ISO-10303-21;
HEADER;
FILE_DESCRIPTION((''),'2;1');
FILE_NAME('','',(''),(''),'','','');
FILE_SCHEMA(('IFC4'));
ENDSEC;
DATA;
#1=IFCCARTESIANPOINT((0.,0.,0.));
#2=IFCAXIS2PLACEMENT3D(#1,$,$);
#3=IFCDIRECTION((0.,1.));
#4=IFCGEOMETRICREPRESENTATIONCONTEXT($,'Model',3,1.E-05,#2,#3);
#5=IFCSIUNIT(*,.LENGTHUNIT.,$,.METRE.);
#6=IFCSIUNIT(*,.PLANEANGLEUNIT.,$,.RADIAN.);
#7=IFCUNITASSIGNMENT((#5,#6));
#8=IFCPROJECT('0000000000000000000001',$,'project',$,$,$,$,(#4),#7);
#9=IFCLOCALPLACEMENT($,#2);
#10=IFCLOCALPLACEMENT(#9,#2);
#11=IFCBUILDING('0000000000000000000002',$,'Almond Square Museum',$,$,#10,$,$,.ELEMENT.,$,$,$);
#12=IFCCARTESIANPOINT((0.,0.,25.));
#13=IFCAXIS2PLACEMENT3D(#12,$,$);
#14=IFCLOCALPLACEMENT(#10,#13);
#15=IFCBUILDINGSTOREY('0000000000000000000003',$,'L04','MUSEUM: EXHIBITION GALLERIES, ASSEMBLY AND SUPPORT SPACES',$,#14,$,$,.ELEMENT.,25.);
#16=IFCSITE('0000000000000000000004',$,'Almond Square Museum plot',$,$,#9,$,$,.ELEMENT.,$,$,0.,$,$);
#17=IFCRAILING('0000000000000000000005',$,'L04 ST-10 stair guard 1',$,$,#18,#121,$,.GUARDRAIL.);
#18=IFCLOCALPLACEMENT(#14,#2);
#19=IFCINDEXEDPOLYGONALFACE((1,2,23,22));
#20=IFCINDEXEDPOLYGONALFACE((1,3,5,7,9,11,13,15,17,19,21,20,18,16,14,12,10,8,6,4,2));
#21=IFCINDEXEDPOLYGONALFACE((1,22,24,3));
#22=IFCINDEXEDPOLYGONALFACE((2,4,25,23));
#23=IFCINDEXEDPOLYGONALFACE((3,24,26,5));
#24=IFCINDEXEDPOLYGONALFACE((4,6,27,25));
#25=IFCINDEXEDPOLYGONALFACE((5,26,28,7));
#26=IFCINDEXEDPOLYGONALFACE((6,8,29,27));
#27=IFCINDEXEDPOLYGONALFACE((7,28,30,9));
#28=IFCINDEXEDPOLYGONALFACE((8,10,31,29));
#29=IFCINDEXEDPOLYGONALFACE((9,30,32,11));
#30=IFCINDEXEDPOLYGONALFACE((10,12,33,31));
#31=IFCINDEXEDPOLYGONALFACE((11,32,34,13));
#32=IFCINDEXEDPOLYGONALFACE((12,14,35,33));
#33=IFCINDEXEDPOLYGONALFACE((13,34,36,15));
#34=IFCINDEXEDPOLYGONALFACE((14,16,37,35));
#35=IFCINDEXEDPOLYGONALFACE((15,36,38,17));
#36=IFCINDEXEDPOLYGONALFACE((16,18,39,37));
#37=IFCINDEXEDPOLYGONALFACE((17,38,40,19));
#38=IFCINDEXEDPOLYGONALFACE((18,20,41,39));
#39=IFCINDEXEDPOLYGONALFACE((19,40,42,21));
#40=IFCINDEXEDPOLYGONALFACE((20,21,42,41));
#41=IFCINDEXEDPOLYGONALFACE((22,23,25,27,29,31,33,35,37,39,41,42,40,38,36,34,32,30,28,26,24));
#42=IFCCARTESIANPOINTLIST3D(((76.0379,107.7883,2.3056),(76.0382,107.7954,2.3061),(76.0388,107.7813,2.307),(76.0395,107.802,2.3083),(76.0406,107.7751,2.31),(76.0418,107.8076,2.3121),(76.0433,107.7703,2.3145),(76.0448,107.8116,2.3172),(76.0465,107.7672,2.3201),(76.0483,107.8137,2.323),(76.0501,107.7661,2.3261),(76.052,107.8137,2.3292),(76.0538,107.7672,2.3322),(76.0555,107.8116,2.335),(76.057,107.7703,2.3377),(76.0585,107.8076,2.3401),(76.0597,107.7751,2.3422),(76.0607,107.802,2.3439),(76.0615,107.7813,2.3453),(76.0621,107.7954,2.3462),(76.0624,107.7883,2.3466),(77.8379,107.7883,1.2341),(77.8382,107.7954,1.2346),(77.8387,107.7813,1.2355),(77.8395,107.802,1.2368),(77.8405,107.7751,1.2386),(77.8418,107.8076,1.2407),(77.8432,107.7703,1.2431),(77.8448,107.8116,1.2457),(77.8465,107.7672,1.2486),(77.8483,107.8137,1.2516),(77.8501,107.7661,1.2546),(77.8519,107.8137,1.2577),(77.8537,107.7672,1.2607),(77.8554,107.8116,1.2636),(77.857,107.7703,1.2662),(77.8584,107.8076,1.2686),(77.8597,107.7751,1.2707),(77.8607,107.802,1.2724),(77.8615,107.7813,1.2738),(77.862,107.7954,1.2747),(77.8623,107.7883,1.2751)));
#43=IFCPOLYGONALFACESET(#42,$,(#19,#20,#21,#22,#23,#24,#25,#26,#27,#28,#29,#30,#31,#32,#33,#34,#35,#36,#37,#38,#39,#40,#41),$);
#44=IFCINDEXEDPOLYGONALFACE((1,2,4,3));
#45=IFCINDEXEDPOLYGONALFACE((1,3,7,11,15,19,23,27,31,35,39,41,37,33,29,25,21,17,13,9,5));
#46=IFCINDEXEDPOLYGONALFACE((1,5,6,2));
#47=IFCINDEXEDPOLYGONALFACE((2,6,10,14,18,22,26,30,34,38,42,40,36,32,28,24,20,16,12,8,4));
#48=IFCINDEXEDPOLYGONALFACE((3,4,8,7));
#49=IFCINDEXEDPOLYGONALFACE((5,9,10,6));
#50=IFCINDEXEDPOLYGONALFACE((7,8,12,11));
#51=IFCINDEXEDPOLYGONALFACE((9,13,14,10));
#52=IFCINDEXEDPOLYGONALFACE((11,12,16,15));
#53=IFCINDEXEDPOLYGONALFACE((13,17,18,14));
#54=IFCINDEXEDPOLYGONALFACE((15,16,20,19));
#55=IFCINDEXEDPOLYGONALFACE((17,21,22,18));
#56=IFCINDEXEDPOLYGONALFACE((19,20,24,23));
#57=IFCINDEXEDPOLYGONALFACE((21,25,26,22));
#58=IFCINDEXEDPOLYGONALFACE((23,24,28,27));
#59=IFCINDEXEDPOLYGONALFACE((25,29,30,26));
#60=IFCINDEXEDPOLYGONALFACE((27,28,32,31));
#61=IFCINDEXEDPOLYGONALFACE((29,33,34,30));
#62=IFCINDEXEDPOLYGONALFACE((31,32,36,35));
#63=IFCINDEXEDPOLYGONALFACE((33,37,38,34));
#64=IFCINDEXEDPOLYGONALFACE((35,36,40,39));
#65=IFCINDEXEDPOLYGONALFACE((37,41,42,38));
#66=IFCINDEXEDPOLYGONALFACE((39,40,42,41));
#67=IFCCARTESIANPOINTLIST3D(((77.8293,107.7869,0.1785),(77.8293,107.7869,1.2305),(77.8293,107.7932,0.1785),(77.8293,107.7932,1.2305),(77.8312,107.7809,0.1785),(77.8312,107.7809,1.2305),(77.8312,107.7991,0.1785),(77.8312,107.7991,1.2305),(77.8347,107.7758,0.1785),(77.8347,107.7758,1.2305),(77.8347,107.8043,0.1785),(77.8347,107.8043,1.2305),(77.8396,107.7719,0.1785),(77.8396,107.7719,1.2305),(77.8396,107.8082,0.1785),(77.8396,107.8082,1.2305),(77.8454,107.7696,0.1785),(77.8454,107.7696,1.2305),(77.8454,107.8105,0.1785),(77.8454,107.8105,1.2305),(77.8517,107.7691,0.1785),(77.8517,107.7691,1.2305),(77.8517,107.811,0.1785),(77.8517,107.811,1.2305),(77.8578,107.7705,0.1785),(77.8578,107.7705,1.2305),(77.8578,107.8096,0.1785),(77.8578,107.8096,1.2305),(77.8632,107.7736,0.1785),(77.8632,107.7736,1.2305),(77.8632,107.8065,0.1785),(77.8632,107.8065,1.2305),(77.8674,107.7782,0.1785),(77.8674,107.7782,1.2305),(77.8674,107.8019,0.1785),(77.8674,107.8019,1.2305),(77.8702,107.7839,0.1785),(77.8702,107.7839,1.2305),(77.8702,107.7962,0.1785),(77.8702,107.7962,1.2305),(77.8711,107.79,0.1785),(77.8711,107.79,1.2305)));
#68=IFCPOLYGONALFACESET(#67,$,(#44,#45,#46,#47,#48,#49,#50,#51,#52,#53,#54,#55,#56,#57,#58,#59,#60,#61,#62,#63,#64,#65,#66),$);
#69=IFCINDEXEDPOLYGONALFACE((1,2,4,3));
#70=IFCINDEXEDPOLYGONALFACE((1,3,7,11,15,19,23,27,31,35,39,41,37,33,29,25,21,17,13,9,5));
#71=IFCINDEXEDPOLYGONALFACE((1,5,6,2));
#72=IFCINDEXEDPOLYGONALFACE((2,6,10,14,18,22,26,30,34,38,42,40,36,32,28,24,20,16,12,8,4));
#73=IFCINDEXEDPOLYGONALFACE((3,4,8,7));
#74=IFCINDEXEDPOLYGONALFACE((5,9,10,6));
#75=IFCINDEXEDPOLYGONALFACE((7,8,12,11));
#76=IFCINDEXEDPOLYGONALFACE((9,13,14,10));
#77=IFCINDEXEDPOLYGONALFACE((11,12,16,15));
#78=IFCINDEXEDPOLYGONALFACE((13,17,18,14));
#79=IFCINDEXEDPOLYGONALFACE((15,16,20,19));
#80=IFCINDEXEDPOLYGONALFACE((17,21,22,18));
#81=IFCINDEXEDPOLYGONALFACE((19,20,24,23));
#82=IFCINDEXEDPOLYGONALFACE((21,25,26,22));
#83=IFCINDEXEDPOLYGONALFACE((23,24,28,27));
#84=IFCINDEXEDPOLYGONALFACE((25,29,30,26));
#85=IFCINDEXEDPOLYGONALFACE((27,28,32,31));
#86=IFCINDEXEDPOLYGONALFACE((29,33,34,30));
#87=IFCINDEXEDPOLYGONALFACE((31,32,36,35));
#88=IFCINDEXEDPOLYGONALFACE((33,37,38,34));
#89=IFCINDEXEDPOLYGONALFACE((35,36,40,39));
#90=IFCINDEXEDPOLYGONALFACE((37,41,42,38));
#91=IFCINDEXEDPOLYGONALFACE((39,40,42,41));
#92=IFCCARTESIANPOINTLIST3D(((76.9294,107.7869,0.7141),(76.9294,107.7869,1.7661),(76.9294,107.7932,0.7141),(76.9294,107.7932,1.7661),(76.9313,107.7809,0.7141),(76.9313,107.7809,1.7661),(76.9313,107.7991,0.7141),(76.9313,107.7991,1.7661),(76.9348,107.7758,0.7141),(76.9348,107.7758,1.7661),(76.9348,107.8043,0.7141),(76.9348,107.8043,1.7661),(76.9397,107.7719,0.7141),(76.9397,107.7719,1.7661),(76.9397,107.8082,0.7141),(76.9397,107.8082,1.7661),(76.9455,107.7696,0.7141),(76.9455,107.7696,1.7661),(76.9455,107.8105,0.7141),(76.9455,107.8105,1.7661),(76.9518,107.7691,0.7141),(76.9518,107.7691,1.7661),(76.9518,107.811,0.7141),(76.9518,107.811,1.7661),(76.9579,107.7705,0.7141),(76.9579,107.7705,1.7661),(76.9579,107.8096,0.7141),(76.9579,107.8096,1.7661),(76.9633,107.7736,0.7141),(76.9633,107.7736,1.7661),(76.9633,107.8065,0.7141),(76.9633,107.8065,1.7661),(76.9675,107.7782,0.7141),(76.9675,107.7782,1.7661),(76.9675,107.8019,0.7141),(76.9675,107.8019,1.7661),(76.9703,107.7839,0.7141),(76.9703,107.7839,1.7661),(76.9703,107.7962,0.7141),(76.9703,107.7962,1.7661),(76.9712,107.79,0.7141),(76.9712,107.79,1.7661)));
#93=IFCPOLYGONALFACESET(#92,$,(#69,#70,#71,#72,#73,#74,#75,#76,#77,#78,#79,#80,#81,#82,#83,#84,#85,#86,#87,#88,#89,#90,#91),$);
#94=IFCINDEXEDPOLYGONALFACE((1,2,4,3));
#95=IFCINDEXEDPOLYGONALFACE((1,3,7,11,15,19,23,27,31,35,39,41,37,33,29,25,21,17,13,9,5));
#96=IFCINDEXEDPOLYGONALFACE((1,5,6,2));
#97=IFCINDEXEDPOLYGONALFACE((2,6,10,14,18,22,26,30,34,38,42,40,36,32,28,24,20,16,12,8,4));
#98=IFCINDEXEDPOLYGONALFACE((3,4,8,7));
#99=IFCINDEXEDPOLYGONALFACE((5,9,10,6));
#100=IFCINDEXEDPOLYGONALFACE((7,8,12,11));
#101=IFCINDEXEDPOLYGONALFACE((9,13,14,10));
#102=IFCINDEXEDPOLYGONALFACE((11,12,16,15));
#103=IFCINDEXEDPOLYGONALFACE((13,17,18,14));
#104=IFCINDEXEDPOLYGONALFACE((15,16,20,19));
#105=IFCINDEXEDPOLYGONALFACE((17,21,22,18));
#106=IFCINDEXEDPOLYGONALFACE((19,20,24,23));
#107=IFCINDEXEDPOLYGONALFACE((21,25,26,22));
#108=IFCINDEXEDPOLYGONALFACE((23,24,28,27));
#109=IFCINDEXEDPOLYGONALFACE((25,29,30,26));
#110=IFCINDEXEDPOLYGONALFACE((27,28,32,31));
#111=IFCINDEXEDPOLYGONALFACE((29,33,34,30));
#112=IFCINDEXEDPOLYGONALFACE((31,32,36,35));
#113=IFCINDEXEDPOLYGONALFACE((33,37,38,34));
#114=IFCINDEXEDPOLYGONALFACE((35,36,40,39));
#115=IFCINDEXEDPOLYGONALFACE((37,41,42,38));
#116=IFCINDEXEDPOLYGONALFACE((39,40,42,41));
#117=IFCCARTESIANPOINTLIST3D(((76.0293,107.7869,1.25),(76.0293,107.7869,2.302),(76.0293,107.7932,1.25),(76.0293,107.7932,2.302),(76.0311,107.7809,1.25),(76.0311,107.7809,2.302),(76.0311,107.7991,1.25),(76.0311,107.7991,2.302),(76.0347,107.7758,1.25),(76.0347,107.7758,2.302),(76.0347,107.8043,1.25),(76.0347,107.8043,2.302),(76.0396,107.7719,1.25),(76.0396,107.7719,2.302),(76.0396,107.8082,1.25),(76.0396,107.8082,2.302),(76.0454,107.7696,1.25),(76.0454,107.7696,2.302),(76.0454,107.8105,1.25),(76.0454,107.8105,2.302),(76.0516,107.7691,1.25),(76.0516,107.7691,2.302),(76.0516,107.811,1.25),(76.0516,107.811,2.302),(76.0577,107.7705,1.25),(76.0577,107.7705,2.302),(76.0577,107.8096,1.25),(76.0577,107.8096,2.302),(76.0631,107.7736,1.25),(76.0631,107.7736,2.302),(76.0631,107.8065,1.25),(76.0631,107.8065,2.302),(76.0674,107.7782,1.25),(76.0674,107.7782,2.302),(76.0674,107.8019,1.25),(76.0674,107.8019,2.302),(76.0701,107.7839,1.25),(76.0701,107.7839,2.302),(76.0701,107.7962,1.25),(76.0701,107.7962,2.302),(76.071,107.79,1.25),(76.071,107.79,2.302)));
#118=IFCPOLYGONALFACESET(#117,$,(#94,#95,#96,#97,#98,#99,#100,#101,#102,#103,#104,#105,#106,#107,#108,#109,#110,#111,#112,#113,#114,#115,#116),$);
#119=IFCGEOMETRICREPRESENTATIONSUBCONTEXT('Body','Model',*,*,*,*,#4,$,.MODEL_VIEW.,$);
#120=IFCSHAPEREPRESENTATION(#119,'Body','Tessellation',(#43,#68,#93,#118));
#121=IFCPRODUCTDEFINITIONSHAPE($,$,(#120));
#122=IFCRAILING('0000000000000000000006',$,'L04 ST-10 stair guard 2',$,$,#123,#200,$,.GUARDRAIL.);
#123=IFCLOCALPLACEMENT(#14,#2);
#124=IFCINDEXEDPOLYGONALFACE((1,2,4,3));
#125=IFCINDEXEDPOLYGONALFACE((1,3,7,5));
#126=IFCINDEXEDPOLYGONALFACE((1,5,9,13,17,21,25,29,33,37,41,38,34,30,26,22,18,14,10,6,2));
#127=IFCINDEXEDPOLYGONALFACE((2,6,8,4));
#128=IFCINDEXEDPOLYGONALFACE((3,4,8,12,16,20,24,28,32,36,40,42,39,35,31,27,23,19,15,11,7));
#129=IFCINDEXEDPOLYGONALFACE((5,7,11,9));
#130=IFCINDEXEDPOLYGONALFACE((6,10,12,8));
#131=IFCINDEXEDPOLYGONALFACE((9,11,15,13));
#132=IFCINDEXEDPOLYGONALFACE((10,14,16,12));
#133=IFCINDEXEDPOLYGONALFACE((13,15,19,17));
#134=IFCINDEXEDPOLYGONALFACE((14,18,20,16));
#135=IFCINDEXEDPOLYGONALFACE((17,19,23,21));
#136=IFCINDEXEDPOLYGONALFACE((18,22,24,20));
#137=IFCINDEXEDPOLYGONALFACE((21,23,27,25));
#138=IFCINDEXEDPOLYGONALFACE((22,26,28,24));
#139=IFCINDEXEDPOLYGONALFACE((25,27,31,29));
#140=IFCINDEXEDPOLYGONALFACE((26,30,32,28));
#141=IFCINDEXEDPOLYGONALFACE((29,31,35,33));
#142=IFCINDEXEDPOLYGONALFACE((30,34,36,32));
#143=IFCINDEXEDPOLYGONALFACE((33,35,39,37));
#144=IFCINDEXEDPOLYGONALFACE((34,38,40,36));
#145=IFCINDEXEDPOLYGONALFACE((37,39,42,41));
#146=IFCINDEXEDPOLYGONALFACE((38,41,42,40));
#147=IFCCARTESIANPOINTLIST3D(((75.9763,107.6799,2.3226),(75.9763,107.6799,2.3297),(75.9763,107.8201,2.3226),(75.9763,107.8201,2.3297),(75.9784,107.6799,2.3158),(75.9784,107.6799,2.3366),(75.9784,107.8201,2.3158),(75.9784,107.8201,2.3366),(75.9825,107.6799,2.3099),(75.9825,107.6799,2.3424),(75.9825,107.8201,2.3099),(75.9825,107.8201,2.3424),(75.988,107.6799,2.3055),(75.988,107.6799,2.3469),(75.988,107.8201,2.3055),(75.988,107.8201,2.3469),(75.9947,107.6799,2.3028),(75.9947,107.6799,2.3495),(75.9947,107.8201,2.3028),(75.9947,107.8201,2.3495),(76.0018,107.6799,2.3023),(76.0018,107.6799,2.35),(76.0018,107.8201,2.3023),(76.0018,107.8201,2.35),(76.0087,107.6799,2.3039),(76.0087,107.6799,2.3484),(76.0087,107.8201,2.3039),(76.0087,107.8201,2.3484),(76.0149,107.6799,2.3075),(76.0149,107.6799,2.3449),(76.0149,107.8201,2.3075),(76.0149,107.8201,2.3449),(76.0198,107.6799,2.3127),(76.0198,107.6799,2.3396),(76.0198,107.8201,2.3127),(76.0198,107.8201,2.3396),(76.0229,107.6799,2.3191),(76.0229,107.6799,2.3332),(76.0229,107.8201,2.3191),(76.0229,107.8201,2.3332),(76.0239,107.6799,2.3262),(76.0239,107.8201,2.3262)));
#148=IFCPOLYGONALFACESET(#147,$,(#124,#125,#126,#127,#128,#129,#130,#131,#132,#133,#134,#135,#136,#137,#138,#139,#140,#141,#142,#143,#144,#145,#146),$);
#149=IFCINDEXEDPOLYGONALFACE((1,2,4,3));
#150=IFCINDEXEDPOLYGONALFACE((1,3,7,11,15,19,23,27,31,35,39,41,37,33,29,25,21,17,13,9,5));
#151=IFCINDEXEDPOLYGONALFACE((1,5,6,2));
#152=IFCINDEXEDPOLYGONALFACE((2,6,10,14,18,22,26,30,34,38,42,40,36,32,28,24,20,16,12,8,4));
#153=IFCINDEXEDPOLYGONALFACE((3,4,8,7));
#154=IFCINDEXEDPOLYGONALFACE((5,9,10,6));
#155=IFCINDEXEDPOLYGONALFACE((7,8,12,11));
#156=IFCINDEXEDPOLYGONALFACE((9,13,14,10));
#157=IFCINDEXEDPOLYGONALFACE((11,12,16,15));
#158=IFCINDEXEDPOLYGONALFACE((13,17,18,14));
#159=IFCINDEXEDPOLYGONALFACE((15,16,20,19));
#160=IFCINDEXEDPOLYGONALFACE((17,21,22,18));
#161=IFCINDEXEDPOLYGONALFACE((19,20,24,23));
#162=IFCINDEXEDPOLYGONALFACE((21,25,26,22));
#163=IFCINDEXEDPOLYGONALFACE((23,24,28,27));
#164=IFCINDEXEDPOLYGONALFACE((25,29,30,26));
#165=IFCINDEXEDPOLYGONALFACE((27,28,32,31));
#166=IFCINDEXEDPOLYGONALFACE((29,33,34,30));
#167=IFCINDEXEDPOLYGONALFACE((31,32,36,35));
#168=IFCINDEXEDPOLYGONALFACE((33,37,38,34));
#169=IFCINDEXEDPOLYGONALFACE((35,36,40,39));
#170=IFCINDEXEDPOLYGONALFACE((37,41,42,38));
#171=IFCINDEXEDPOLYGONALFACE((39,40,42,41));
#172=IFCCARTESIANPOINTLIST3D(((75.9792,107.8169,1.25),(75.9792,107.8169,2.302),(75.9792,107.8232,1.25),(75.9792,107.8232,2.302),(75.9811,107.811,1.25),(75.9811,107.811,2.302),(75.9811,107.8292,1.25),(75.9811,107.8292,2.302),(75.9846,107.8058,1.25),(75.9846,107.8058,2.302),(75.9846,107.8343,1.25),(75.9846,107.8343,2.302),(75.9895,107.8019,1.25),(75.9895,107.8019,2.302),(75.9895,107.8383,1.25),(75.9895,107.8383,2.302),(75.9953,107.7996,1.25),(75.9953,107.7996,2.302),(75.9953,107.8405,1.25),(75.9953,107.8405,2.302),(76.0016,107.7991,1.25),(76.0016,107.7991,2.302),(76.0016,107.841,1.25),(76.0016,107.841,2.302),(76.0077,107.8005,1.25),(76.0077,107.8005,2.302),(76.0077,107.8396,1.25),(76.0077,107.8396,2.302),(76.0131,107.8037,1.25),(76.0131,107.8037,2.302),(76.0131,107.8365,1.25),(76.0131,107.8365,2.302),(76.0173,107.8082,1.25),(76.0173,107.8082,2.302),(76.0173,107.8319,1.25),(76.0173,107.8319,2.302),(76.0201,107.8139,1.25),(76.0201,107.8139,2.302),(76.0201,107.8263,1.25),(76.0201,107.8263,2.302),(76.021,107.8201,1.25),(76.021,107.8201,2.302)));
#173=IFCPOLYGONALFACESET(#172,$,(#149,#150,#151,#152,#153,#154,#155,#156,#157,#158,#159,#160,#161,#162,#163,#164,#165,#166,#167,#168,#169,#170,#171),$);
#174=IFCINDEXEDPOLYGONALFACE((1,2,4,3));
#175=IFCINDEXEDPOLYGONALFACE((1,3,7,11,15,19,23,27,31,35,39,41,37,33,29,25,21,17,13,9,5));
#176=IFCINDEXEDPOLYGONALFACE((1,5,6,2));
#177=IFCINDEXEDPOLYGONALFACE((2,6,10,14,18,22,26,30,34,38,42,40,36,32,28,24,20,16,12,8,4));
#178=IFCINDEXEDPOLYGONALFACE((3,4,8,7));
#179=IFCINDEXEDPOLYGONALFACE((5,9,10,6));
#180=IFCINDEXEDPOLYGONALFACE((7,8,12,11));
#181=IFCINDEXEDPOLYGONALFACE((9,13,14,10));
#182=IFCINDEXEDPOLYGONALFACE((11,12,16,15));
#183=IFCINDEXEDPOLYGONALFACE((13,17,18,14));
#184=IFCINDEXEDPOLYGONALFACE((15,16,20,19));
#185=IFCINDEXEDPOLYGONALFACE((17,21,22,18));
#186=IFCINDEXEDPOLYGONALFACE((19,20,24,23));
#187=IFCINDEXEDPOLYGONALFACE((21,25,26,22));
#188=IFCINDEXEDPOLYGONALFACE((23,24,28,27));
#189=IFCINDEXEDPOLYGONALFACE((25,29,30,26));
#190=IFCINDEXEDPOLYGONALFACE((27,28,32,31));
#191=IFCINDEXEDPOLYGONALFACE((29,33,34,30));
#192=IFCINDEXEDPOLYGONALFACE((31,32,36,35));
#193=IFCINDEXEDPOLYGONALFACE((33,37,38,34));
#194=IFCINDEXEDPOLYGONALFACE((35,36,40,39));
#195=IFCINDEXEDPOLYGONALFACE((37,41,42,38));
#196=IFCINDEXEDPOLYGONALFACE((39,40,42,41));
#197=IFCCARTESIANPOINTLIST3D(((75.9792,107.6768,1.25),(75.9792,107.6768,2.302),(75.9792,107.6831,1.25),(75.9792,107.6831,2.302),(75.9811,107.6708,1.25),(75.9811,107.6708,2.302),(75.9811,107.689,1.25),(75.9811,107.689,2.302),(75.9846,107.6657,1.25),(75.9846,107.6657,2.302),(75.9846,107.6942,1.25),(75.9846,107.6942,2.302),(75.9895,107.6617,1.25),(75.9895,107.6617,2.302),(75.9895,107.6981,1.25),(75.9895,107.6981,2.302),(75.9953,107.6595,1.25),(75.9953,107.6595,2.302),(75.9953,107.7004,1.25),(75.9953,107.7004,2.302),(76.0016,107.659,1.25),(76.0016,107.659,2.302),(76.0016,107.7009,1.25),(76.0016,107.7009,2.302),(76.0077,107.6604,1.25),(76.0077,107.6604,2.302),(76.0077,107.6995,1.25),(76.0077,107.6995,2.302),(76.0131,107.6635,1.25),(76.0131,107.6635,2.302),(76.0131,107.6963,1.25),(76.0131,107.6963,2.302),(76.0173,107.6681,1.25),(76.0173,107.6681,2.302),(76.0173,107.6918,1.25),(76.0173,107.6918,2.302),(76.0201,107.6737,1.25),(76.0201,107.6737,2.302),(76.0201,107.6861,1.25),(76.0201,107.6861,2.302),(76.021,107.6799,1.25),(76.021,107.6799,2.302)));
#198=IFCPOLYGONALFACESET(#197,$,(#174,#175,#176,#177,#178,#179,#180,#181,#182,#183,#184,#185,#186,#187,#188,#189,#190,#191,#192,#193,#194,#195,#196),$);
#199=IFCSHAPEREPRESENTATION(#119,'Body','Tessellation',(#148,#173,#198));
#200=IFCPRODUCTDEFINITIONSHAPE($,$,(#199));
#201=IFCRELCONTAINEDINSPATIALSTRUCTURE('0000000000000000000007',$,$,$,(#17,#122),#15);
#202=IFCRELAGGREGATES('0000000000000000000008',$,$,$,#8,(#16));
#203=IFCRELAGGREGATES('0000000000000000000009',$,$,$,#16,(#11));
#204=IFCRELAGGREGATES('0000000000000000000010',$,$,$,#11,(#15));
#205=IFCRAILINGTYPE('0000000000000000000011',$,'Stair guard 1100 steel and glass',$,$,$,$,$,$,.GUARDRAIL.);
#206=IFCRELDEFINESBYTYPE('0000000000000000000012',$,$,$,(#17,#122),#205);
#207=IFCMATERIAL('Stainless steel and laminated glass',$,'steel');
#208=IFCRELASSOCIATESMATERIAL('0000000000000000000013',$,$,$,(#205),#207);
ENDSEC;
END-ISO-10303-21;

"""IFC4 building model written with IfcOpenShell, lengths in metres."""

from ifc_helpers import new_model, si_unit, direction, frame, origin, origin_2d, place, context, subcontext, project, spatial, circle, extrude, material, type_object, element, save


model = new_model("IFC4")

# Units and contexts
model_context = context("Model", 3, precision=1e-05, world=origin(), true_north=direction((0.0, 1.0)))
body_context = subcontext(model_context, "Body", "Model", "MODEL_VIEW")
ifc_project = project(units=[si_unit("LENGTHUNIT", "METRE"), si_unit("PLANEANGLEUNIT", "RADIAN")], contexts=[model_context])

# Site, building, storey
site_placement = place(None, origin())
site = spatial("IfcSite", under=ifc_project, at=site_placement, Name="Almond Square Museum plot", CompositionType="ELEMENT", RefElevation=0.0)
building_placement = place(site_placement, origin())
building = spatial("IfcBuilding", under=site, at=building_placement, Name="Almond Square Museum", CompositionType="ELEMENT")
storey_placement = place(building_placement, frame((0.0, 0.0, 25.0)))
storey = spatial("IfcBuildingStorey", under=building, at=storey_placement, Name="L04", Description="MUSEUM: EXHIBITION GALLERIES, ASSEMBLY AND SUPPORT SPACES", CompositionType="ELEMENT", Elevation=25.0)

# Railings
ifc_material_1 = material(Name="Stainless steel and laminated glass", Category="steel")
railing_type_1 = type_object("IfcRailingType", Name="Stair guard 1100 steel and glass", PredefinedType="GUARDRAIL", material=ifc_material_1)
railing_1_placement = place(storey_placement, frame((77.8501, 107.79, 0.1785)))
element("IfcRailing", 1, at=railing_1_placement, inside=storey, type_object=railing_type_1, Name="L04 ST-10 stair guard 1", PredefinedType="GUARDRAIL", context=body_context, shape_type="SweptSolid", body=[
    extrude(circle(Radius=0.0239, at=origin_2d()), frame((0.0, 0.0, 1.0762), z_axis=(-0.859277, 0.0, 0.51151), x_axis=(0.0, -1.0, 0.0)), (0.0, 0.0, 1.0), 2.0947),
    extrude(circle(Radius=0.021, at=origin_2d()), origin(), (0.0, 0.0, 1.0), 1.052),
    extrude(circle(Radius=0.021, at=origin_2d()), frame((-0.8999, 0.0, 0.5356)), (0.0, 0.0, 1.0), 1.052),
    extrude(circle(Radius=0.021, at=origin_2d()), frame((-1.8, 0.0, 1.0715)), (0.0, 0.0, 1.0), 1.052),
])
railing_2_placement = place(storey_placement, frame((76.0, 107.8201, 1.25)))
element("IfcRailing", 2, at=railing_2_placement, inside=storey, type_object=railing_type_1, Name="L04 ST-10 stair guard 2", PredefinedType="GUARDRAIL", context=body_context, shape_type="SweptSolid", body=[
    extrude(circle(Radius=0.0239, at=origin_2d()), frame((0.0, 0.0, 1.0762), z_axis=(0.0, -1.0, 0.0), x_axis=(1.0, 0.0, 0.0)), (0.0, 0.0, 1.0), 0.1401),
    extrude(circle(Radius=0.021, at=origin_2d()), origin(), (0.0, 0.0, 1.0), 1.052),
    extrude(circle(Radius=0.021, at=origin_2d()), frame((0.0, -0.1401, 0.0)), (0.0, 0.0, 1.0), 1.052),
])

save(model, "model.ifc")
